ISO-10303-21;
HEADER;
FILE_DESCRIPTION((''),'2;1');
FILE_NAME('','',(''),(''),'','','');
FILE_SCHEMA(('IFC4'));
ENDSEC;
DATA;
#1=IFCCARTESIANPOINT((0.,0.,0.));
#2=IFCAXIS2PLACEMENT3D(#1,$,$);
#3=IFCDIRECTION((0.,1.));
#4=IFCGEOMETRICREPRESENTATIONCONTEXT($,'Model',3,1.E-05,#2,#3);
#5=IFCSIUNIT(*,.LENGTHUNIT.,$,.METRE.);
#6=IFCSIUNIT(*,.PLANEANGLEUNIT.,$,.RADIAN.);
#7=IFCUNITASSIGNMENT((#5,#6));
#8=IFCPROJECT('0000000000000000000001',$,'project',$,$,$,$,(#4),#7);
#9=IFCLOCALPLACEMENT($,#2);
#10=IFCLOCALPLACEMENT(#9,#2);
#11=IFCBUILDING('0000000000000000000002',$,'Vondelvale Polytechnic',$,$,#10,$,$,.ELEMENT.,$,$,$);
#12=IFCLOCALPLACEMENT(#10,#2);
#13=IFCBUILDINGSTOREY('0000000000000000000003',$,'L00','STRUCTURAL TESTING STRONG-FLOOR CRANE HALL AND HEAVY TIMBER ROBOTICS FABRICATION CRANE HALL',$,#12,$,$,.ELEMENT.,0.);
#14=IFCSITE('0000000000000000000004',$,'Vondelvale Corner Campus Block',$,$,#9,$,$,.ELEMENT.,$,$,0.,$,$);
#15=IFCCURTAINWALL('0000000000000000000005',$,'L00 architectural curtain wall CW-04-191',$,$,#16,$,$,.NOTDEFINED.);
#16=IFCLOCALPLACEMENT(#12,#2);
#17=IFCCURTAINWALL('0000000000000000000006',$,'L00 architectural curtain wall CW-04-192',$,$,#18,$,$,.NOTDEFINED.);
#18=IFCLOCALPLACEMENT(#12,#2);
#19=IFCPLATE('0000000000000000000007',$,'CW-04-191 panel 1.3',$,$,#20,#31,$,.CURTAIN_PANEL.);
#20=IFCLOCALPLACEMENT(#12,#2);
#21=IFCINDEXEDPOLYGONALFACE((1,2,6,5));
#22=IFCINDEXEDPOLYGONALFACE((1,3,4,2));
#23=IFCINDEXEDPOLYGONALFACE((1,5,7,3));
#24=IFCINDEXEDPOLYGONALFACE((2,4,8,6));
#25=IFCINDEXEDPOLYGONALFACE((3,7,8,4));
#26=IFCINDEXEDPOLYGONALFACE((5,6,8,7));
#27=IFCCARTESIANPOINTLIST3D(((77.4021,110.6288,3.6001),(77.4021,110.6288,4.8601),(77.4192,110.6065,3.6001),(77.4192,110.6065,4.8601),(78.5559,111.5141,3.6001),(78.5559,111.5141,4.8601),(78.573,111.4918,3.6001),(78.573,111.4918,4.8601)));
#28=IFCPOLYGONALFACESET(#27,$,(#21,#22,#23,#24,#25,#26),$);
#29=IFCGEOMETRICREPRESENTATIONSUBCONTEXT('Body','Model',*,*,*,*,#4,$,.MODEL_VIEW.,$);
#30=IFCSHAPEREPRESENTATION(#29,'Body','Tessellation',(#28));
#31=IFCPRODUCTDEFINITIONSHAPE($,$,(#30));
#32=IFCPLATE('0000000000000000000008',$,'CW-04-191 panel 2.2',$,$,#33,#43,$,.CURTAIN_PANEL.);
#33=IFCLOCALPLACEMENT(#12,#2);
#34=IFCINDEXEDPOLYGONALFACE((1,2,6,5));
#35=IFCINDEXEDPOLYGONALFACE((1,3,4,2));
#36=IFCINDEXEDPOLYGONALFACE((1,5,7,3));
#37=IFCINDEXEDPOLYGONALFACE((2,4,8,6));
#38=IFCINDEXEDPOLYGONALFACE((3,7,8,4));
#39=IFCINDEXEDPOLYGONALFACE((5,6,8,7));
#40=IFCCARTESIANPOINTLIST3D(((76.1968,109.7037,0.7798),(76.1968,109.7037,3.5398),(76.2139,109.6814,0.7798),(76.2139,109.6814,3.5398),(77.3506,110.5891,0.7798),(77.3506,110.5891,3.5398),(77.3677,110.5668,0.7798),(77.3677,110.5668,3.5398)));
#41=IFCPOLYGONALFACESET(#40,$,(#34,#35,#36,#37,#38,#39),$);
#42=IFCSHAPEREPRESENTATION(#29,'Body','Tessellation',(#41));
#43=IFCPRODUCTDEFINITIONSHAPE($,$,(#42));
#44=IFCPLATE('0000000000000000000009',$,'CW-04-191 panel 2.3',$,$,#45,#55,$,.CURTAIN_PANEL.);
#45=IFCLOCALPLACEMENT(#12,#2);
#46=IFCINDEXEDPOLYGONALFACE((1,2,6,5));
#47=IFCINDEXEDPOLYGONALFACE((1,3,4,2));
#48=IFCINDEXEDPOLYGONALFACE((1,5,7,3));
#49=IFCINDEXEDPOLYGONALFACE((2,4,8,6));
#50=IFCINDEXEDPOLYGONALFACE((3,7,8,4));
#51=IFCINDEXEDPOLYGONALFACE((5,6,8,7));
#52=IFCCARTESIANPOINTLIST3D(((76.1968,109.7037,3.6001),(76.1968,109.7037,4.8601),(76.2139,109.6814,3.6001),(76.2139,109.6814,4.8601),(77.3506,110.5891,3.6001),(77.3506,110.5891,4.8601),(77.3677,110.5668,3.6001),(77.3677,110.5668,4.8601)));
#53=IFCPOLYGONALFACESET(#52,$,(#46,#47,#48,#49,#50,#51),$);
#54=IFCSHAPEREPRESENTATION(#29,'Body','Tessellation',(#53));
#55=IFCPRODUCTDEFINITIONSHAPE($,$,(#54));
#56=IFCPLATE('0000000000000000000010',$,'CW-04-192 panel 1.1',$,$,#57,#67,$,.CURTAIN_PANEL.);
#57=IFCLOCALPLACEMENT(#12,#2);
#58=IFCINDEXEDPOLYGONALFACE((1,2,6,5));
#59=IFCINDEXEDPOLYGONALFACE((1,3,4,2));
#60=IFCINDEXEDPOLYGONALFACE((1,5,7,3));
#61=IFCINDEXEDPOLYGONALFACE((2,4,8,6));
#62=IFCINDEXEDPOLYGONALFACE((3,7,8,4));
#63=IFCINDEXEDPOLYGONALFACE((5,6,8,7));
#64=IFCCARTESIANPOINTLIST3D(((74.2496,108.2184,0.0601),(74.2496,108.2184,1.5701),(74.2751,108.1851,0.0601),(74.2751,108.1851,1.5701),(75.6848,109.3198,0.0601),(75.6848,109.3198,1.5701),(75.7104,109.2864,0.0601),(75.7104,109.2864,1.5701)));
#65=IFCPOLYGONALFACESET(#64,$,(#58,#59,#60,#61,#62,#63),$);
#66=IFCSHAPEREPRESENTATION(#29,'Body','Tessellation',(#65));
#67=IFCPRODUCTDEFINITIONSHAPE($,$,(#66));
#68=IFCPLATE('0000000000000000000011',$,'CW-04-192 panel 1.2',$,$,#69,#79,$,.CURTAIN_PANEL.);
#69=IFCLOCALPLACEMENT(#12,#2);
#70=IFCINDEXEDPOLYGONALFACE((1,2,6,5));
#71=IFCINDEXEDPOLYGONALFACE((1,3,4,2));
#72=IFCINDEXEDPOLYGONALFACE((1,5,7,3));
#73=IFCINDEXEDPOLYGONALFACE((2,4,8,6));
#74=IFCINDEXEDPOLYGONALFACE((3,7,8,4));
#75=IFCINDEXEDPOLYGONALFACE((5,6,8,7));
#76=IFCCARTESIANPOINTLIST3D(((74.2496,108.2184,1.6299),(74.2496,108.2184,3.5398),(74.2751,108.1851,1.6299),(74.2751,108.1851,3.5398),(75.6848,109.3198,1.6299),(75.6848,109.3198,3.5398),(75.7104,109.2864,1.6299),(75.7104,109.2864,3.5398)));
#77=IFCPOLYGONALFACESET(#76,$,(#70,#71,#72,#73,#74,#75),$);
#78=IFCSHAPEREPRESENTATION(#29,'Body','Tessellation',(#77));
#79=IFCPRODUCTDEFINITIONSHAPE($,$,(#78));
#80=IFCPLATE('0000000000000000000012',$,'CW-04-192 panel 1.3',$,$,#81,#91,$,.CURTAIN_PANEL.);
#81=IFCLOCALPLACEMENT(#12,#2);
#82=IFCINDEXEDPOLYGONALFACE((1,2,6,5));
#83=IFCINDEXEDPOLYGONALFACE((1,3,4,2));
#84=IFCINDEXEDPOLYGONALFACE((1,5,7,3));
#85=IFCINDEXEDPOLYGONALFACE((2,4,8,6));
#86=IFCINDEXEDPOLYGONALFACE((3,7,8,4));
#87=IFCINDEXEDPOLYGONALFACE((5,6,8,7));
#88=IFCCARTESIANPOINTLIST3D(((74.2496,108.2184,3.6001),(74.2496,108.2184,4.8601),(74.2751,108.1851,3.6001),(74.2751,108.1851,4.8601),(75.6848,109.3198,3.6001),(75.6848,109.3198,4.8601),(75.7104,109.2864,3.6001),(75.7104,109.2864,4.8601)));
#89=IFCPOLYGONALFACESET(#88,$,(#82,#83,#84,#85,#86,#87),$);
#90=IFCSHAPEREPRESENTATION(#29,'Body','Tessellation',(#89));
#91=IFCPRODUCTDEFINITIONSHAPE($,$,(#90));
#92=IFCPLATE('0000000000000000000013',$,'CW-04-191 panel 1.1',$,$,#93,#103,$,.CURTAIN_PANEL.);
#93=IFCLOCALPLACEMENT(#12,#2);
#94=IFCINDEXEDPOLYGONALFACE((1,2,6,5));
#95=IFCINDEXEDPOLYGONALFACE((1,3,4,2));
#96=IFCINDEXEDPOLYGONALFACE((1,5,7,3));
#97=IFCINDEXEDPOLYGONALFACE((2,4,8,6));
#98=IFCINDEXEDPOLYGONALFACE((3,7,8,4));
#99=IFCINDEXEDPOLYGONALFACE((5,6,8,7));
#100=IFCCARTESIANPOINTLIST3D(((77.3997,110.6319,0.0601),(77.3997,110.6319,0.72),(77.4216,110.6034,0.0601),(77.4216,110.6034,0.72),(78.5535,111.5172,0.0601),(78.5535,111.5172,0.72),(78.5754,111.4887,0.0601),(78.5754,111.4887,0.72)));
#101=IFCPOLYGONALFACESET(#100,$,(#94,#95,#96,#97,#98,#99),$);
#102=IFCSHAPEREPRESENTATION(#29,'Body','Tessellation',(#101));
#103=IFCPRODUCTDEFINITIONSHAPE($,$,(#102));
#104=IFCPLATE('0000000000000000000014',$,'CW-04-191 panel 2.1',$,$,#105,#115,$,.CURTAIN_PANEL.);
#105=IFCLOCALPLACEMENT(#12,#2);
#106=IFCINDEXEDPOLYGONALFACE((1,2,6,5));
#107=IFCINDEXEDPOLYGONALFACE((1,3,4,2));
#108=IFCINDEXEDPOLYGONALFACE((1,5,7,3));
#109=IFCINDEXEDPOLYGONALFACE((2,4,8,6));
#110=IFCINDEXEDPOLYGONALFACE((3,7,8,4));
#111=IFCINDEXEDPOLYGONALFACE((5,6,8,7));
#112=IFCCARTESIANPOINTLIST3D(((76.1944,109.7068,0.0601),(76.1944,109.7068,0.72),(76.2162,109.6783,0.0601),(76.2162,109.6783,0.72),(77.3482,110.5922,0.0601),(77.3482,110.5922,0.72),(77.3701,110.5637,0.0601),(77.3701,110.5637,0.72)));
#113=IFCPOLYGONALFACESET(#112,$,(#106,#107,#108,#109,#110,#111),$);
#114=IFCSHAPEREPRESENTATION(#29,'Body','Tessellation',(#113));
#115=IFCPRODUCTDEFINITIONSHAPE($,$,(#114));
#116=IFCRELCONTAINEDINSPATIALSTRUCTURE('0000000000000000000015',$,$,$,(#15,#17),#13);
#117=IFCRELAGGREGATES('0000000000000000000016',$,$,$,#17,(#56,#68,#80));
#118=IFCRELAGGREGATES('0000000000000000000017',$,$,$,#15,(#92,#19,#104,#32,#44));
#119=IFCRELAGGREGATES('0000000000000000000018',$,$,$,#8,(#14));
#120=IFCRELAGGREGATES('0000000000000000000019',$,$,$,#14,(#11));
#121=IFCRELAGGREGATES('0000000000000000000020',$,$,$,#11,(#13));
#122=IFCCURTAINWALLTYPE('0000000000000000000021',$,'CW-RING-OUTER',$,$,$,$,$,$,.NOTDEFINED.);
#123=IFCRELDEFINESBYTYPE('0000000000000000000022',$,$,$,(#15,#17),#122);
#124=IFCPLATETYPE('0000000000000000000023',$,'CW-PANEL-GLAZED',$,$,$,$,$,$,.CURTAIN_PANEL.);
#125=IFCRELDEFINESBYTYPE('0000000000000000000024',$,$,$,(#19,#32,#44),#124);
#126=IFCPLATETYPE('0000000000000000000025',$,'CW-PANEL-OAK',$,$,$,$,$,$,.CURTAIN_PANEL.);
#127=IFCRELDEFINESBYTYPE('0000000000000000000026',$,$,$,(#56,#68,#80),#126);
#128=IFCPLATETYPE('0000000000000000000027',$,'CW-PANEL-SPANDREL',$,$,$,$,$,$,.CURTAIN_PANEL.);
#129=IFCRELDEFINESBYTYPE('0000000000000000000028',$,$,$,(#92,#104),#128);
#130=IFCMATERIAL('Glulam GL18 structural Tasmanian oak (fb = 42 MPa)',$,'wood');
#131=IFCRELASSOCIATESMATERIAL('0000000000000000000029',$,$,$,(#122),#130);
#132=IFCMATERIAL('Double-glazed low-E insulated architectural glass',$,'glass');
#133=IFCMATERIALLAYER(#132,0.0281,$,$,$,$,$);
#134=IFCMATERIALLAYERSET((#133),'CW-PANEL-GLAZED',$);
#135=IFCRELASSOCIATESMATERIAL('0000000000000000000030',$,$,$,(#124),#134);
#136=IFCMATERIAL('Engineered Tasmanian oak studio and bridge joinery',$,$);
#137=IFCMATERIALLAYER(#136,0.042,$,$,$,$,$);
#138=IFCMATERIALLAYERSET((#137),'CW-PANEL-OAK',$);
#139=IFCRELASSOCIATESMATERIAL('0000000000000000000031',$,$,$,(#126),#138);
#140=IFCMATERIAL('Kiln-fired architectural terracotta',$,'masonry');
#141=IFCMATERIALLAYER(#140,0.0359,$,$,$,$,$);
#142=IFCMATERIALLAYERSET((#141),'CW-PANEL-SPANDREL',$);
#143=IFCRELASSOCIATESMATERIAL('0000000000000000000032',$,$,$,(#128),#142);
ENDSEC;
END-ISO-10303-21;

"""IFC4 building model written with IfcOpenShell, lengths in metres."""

from ifc_helpers import new_model, si_unit, direction, frame, origin, origin_2d, place, context, subcontext, project, spatial, rectangle, extrude, material, layer, layer_set, type_object, element, aggregate, save


model = new_model("IFC4")

# Units and contexts
model_context = context("Model", 3, precision=1e-05, world=origin(), true_north=direction((0.0, 1.0)))
body_context = subcontext(model_context, "Body", "Model", "MODEL_VIEW")
ifc_project = project(units=[si_unit("LENGTHUNIT", "METRE"), si_unit("PLANEANGLEUNIT", "RADIAN")], contexts=[model_context])

# Site, building, storey
site_placement = place(None, origin())
site = spatial("IfcSite", under=ifc_project, at=site_placement, Name="Vondelvale Corner Campus Block", CompositionType="ELEMENT", RefElevation=0.0)
building_placement = place(site_placement, origin())
building = spatial("IfcBuilding", under=site, at=building_placement, Name="Vondelvale Polytechnic", CompositionType="ELEMENT")
storey_placement = place(building_placement, origin())
storey = spatial("IfcBuildingStorey", under=building, at=storey_placement, Name="L00", Description="STRUCTURAL TESTING STRONG-FLOOR CRANE HALL AND HEAVY TIMBER ROBOTICS FABRICATION CRANE HALL", CompositionType="ELEMENT", Elevation=0.0)

# Shared definitions
ifc_material_1 = material(Name="Glulam GL18 structural Tasmanian oak (fb = 42 MPa)", Category="wood")

# Curtain walls
curtain_wall_type = type_object("IfcCurtainWallType", Name="CW-RING-OUTER", PredefinedType="NOTDEFINED", material=ifc_material_1)
curtain_wall_1_placement = place(storey_placement, origin())
curtain_wall_1 = element("IfcCurtainWall", 1, at=curtain_wall_1_placement, inside=storey, type_object=curtain_wall_type, Name="L00 architectural curtain wall CW-04-191", PredefinedType="NOTDEFINED")
curtain_wall_2_placement = place(storey_placement, origin())
curtain_wall_2 = element("IfcCurtainWall", 2, at=curtain_wall_2_placement, inside=storey, type_object=curtain_wall_type, Name="L00 architectural curtain wall CW-04-192", PredefinedType="NOTDEFINED")

# Plates
ifc_material_2 = material(Name="Double-glazed low-E insulated architectural glass", Category="glass")
ifc_layer_1 = layer(ifc_material_2, 0.0281)
ifc_layer_set_1 = layer_set([ifc_layer_1], Name="CW-PANEL-GLAZED")
plate_type_1 = type_object("IfcPlateType", Name="CW-PANEL-GLAZED", PredefinedType="CURTAIN_PANEL", material=ifc_layer_set_1)
plate_1_placement = place(storey_placement, frame((77.9875, 111.0603, 3.6001), z_axis=(0.0, 0.0, 1.0), x_axis=(-0.793352, -0.608764, 0.0)))
plate_1 = element("IfcPlate", 3, at=plate_1_placement, type_object=plate_type_1, Name="CW-04-191 panel 1.3", PredefinedType="CURTAIN_PANEL", context=body_context, shape_type="SweptSolid", body=[
    extrude(rectangle(XDim=1.4543, YDim=0.0281, at=origin_2d()), origin(), (0.0, 0.0, 1.0), 1.26),
])
plate_2_placement = place(storey_placement, frame((76.7822, 110.1353, 0.7798), z_axis=(0.0, 0.0, 1.0), x_axis=(-0.793352, -0.608764, 0.0)))
plate_2 = element("IfcPlate", 4, at=plate_2_placement, type_object=plate_type_1, Name="CW-04-191 panel 2.2", PredefinedType="CURTAIN_PANEL", context=body_context, shape_type="SweptSolid", body=[
    extrude(rectangle(XDim=1.4543, YDim=0.0281, at=origin_2d()), origin(), (0.0, 0.0, 1.0), 2.76),
])
plate_3_placement = place(storey_placement, frame((76.7822, 110.1353, 3.6001), z_axis=(0.0, 0.0, 1.0), x_axis=(-0.793352, -0.608764, 0.0)))
plate_3 = element("IfcPlate", 5, at=plate_3_placement, type_object=plate_type_1, Name="CW-04-191 panel 2.3", PredefinedType="CURTAIN_PANEL", context=body_context, shape_type="SweptSolid", body=[
    extrude(rectangle(XDim=1.4543, YDim=0.0281, at=origin_2d()), origin(), (0.0, 0.0, 1.0), 1.26),
])
ifc_material_3 = material(Name="Engineered Tasmanian oak studio and bridge joinery")
ifc_layer_2 = layer(ifc_material_3, 0.042)
ifc_layer_set_2 = layer_set([ifc_layer_2], Name="CW-PANEL-OAK")
plate_type_2 = type_object("IfcPlateType", Name="CW-PANEL-OAK", PredefinedType="CURTAIN_PANEL", material=ifc_layer_set_2)
plate_4_placement = place(storey_placement, frame((74.98, 108.7524, 0.0601), z_axis=(0.0, 0.0, 1.0), x_axis=(-0.793346, -0.608771, 0.0)))
plate_4 = element("IfcPlate", 6, at=plate_4_placement, type_object=plate_type_2, Name="CW-04-192 panel 1.1", PredefinedType="CURTAIN_PANEL", context=body_context, shape_type="SweptSolid", body=[
    extrude(rectangle(XDim=1.8091, YDim=0.042, at=origin_2d()), origin(), (0.0, 0.0, 1.0), 1.51),
])
plate_5_placement = place(storey_placement, frame((74.98, 108.7524, 1.6299), z_axis=(0.0, 0.0, 1.0), x_axis=(-0.793346, -0.608771, 0.0)))
plate_5 = element("IfcPlate", 7, at=plate_5_placement, type_object=plate_type_2, Name="CW-04-192 panel 1.2", PredefinedType="CURTAIN_PANEL", context=body_context, shape_type="SweptSolid", body=[
    extrude(rectangle(XDim=1.8091, YDim=0.042, at=origin_2d()), origin(), (0.0, 0.0, 1.0), 1.9099),
])
plate_6_placement = place(storey_placement, frame((74.98, 108.7524, 3.6001), z_axis=(0.0, 0.0, 1.0), x_axis=(-0.793346, -0.608771, 0.0)))
plate_6 = element("IfcPlate", 8, at=plate_6_placement, type_object=plate_type_2, Name="CW-04-192 panel 1.3", PredefinedType="CURTAIN_PANEL", context=body_context, shape_type="SweptSolid", body=[
    extrude(rectangle(XDim=1.8091, YDim=0.042, at=origin_2d()), origin(), (0.0, 0.0, 1.0), 1.26),
])
aggregate(curtain_wall_2, [plate_4, plate_5, plate_6])
ifc_material_4 = material(Name="Kiln-fired architectural terracotta", Category="masonry")
ifc_layer_3 = layer(ifc_material_4, 0.0359)
ifc_layer_set_3 = layer_set([ifc_layer_3], Name="CW-PANEL-SPANDREL")
plate_type_3 = type_object("IfcPlateType", Name="CW-PANEL-SPANDREL", PredefinedType="CURTAIN_PANEL", material=ifc_layer_set_3)
plate_7_placement = place(storey_placement, frame((77.9875, 111.0603, 0.0601), z_axis=(0.0, 0.0, 1.0), x_axis=(-0.793352, -0.608764, 0.0)))
plate_7 = element("IfcPlate", 9, at=plate_7_placement, type_object=plate_type_3, Name="CW-04-191 panel 1.1", PredefinedType="CURTAIN_PANEL", context=body_context, shape_type="SweptSolid", body=[
    extrude(rectangle(XDim=1.4543, YDim=0.0359, at=origin_2d()), origin(), (0.0, 0.0, 1.0), 0.6599),
])
plate_8_placement = place(storey_placement, frame((76.7822, 110.1353, 0.0601), z_axis=(0.0, 0.0, 1.0), x_axis=(-0.793352, -0.608764, 0.0)))
plate_8 = element("IfcPlate", 10, at=plate_8_placement, type_object=plate_type_3, Name="CW-04-191 panel 2.1", PredefinedType="CURTAIN_PANEL", context=body_context, shape_type="SweptSolid", body=[
    extrude(rectangle(XDim=1.4543, YDim=0.0359, at=origin_2d()), origin(), (0.0, 0.0, 1.0), 0.6599),
])
aggregate(curtain_wall_1, [plate_7, plate_1, plate_8, plate_2, plate_3])

save(model, "model.ifc")
